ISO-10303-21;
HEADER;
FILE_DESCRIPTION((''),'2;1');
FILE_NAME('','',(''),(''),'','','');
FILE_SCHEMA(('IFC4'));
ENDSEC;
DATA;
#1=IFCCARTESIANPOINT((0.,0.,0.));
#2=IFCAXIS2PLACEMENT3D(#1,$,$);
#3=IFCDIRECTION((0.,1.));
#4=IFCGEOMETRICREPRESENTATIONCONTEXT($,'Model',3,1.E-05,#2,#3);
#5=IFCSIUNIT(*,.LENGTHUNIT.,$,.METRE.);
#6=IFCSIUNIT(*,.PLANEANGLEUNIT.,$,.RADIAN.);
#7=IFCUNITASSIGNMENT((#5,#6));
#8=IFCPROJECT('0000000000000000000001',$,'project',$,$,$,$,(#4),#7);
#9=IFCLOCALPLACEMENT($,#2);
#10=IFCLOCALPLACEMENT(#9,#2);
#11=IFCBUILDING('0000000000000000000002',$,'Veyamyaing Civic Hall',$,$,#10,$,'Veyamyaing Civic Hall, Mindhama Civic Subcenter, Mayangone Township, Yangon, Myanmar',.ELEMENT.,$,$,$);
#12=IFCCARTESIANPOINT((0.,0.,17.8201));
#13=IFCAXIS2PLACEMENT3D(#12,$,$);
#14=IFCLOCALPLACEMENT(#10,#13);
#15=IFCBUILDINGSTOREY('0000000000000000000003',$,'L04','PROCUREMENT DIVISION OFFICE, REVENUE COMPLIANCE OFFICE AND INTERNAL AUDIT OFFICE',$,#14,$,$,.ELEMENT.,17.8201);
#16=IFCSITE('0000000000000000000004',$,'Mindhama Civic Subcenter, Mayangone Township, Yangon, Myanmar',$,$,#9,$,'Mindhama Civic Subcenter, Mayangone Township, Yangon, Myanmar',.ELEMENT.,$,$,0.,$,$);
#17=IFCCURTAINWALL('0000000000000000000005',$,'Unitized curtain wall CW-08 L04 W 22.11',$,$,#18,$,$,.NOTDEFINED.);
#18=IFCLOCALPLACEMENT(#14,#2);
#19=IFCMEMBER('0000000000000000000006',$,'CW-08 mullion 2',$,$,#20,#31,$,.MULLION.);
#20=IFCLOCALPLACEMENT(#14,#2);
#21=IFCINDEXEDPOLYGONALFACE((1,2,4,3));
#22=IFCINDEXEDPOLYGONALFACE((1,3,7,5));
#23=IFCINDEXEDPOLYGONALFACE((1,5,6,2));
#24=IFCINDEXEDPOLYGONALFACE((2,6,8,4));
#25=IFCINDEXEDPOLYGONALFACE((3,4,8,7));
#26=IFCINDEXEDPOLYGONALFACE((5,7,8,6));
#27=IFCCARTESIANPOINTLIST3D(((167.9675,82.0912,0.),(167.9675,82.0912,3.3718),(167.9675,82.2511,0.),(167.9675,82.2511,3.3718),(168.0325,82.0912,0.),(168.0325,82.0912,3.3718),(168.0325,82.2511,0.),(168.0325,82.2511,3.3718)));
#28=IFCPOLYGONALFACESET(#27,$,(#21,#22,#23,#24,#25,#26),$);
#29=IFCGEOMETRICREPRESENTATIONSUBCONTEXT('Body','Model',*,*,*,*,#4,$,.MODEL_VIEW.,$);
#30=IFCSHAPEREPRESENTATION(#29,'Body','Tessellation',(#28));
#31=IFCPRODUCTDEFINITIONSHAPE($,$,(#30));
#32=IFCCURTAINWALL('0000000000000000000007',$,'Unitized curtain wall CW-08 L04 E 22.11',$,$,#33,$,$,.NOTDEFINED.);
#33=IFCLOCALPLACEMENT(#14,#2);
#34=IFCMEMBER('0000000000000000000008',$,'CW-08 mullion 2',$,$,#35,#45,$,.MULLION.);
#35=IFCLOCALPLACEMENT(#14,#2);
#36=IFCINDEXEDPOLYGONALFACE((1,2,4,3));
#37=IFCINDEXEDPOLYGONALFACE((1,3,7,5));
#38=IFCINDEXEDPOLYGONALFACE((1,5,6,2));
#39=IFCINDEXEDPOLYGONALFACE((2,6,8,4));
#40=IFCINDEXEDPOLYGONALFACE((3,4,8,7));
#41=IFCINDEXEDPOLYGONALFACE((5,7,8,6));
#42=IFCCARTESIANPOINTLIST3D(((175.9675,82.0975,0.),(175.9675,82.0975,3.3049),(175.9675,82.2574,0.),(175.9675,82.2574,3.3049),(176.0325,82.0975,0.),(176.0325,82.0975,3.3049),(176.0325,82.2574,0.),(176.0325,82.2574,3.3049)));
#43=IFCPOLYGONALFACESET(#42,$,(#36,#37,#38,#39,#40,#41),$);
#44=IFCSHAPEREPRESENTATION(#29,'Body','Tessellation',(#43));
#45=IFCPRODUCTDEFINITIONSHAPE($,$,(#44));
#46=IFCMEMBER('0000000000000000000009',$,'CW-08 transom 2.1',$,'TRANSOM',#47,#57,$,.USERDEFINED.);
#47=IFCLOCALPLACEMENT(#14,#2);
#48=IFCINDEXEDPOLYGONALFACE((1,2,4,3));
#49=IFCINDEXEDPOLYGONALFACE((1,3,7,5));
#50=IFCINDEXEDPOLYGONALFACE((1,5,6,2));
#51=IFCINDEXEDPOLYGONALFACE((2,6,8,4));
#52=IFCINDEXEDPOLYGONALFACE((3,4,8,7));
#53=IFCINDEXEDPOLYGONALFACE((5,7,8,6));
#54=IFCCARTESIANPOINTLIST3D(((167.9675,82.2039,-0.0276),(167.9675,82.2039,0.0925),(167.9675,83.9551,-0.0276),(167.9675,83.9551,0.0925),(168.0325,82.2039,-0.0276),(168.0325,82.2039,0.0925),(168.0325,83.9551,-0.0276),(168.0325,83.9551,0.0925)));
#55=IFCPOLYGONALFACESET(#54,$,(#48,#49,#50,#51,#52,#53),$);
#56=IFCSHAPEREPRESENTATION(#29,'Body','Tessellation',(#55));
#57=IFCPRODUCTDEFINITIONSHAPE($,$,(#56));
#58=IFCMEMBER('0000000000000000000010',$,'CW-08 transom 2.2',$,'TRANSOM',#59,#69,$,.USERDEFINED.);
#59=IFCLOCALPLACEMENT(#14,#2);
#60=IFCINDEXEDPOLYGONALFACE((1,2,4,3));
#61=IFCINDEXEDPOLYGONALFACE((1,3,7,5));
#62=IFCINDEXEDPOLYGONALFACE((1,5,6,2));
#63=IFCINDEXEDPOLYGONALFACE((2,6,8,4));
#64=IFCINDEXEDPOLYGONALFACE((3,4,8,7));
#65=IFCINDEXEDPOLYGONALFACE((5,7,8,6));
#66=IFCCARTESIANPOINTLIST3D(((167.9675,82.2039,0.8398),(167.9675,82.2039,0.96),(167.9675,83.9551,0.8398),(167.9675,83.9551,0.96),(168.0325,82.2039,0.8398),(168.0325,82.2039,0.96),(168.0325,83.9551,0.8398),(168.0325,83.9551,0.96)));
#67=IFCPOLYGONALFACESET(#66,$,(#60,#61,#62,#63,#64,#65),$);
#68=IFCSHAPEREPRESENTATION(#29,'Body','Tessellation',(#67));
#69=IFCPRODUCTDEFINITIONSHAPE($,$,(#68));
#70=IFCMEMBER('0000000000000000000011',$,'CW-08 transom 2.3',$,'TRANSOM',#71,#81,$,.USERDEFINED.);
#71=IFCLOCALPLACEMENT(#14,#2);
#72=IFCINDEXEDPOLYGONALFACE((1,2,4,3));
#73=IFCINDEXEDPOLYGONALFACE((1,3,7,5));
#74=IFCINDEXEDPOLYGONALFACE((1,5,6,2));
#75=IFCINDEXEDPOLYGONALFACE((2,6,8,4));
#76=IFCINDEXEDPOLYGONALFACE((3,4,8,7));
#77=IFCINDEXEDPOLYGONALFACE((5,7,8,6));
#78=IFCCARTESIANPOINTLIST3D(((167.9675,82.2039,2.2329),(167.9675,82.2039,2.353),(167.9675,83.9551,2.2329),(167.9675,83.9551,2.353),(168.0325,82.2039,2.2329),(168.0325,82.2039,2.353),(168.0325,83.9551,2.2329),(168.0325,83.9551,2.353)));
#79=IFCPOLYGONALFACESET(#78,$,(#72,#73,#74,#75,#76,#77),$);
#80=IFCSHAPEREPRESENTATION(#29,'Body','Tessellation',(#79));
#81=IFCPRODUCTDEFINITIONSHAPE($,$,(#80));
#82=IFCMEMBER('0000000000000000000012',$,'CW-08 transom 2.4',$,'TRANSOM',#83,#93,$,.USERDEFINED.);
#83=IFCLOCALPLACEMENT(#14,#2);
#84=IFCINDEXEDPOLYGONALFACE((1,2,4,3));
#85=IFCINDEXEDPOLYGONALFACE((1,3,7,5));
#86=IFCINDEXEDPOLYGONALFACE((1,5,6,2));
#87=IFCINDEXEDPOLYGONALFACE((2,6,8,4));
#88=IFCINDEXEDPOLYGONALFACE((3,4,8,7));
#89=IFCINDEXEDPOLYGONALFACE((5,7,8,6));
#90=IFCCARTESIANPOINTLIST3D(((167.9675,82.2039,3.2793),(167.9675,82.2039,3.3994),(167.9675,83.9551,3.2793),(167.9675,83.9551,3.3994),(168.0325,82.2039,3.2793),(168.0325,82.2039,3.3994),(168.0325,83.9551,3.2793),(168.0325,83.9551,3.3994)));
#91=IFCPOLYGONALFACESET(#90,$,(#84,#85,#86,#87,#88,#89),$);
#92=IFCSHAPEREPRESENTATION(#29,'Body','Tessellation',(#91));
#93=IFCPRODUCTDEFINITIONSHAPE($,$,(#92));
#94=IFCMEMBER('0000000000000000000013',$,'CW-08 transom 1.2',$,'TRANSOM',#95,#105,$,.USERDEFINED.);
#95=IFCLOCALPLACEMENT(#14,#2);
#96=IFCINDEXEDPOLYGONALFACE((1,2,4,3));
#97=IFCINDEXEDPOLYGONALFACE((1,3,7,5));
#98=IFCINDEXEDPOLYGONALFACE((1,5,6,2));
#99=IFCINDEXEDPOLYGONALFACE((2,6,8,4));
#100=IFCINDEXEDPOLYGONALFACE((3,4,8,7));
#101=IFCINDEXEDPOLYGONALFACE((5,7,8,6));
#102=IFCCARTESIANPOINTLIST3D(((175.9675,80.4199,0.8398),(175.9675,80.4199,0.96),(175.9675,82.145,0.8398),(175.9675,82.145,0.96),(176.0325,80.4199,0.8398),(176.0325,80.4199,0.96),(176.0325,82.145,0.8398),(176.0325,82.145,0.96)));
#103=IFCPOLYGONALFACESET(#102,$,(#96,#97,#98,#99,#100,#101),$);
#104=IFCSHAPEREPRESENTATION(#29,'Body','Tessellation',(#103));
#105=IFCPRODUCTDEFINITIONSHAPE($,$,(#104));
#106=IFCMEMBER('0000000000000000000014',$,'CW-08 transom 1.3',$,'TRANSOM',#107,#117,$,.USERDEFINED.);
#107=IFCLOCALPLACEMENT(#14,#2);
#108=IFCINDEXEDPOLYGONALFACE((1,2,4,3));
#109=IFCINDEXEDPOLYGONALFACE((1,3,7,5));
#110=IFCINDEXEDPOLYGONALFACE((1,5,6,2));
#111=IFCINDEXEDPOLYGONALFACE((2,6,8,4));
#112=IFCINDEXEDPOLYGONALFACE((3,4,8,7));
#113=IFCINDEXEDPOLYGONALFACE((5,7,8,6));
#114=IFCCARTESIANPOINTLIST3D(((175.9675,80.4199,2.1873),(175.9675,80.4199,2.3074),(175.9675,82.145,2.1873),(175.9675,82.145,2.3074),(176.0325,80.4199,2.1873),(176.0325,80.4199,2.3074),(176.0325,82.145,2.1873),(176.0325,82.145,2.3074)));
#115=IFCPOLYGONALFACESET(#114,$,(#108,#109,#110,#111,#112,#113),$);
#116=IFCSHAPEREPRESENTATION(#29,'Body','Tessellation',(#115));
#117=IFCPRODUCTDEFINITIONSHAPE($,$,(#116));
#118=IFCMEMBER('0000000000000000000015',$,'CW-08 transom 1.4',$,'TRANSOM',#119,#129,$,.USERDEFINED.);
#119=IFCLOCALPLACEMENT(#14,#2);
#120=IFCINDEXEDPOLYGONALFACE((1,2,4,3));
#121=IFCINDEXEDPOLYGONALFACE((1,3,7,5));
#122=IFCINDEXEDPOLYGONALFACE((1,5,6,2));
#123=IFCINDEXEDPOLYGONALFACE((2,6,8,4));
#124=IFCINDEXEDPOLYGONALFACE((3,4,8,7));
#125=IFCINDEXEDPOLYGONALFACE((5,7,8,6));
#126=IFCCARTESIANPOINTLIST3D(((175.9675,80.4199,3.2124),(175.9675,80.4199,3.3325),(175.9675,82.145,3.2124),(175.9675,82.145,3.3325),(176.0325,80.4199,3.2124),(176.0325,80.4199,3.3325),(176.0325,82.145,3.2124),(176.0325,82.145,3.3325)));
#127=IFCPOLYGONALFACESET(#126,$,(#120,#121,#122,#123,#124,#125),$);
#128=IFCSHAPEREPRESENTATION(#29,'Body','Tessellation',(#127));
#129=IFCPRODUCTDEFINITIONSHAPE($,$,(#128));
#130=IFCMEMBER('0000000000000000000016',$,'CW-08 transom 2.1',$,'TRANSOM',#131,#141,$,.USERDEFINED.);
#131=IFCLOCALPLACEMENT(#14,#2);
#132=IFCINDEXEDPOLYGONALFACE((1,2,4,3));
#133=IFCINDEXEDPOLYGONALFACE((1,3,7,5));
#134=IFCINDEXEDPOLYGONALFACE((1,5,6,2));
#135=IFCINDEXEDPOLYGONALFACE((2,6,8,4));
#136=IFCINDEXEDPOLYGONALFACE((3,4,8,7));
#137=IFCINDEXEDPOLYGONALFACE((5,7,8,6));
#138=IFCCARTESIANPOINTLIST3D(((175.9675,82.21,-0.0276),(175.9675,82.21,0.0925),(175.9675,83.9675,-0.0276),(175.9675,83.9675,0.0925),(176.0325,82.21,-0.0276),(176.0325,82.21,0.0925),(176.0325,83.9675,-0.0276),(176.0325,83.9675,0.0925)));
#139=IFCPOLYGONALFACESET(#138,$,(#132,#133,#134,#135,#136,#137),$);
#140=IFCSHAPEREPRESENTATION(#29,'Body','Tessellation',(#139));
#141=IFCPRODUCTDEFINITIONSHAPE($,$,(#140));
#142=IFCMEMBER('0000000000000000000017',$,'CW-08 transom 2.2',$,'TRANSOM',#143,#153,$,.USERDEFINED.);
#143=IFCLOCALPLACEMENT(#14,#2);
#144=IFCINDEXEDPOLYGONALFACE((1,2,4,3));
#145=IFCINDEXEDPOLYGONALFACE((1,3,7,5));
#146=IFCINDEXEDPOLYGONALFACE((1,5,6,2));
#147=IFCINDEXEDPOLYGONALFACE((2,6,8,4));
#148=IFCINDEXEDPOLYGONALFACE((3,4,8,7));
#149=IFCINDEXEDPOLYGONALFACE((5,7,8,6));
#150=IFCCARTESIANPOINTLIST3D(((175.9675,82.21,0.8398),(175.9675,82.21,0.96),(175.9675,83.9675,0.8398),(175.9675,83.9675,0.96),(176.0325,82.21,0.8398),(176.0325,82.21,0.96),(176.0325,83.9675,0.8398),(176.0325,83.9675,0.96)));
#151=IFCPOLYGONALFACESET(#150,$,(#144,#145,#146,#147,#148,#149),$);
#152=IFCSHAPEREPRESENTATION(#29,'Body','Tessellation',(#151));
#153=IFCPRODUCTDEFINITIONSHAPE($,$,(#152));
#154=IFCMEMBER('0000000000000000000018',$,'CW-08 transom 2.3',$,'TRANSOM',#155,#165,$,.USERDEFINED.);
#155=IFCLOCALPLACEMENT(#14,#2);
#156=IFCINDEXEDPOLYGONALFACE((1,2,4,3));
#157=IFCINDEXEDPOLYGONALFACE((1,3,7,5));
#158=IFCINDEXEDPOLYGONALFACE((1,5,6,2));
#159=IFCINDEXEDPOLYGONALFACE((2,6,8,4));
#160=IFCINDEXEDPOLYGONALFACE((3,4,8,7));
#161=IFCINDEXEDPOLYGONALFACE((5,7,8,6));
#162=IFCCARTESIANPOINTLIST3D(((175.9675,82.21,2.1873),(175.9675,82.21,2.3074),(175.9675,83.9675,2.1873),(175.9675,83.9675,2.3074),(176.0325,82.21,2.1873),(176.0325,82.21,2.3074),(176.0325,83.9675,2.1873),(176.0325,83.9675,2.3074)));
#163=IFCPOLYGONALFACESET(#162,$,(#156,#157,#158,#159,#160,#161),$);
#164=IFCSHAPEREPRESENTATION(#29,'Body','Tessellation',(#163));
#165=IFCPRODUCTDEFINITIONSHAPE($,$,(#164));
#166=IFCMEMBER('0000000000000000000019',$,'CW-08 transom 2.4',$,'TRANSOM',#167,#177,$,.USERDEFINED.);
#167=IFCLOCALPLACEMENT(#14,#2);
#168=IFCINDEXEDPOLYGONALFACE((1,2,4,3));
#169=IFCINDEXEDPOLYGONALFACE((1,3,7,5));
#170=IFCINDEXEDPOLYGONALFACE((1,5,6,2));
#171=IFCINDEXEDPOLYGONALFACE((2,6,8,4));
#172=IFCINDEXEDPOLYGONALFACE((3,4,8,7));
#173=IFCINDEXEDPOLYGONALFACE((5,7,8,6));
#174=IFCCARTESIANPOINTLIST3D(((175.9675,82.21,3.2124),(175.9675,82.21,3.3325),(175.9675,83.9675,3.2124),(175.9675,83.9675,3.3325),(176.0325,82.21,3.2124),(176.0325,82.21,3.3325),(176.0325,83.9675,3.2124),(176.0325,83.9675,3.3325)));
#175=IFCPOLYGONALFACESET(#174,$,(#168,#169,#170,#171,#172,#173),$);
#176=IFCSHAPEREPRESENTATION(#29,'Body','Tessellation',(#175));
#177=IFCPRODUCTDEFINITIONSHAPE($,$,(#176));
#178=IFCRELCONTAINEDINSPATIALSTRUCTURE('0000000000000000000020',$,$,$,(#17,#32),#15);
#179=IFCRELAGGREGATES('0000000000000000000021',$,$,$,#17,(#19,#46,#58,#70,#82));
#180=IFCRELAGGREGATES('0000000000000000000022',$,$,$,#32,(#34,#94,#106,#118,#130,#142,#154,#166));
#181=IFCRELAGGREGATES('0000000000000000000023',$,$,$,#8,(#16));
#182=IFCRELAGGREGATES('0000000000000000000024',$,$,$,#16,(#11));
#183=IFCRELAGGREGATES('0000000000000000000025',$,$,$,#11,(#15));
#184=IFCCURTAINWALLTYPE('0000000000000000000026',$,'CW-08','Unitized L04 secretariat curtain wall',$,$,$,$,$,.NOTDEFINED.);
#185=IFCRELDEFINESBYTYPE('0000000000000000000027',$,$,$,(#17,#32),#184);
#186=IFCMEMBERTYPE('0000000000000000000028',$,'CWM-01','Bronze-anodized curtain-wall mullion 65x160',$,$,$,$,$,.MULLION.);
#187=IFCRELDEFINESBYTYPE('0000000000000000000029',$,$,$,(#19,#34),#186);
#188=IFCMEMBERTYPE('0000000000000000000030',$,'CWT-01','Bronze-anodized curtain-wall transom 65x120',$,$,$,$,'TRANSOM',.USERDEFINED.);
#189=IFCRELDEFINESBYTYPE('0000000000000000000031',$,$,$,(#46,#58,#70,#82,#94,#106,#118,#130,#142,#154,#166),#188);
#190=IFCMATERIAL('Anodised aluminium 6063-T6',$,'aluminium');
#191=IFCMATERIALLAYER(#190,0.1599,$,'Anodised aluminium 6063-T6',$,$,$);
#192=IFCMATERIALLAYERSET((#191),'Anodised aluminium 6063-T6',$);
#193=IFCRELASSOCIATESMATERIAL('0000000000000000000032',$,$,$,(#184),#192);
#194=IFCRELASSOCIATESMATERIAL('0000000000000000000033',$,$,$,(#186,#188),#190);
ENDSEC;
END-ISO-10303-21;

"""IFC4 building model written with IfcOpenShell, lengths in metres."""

from ifc_helpers import new_model, si_unit, direction, frame, origin, origin_2d, place, context, subcontext, project, spatial, rectangle, extrude, material, layer, layer_set, material_profile, profile_set, type_object, element, aggregate, save


model = new_model("IFC4")

# Units and contexts
model_context = context("Model", 3, precision=1e-05, world=origin(), true_north=direction((0.0, 1.0)))
body_context = subcontext(model_context, "Body", "Model", "MODEL_VIEW")
ifc_project = project(units=[si_unit("LENGTHUNIT", "METRE"), si_unit("PLANEANGLEUNIT", "RADIAN")], contexts=[model_context])

# Site, building, storey
site_placement = place(None, origin())
site = spatial("IfcSite", under=ifc_project, at=site_placement, Name="Mindhama Civic Subcenter, Mayangone Township, Yangon, Myanmar", LongName="Mindhama Civic Subcenter, Mayangone Township, Yangon, Myanmar", CompositionType="ELEMENT", RefElevation=0.0)
building_placement = place(site_placement, origin())
building = spatial("IfcBuilding", under=site, at=building_placement, Name="Veyamyaing Civic Hall", LongName="Veyamyaing Civic Hall, Mindhama Civic Subcenter, Mayangone Township, Yangon, Myanmar", CompositionType="ELEMENT")
storey_placement = place(building_placement, frame((0.0, 0.0, 17.8201)))
storey = spatial("IfcBuildingStorey", under=building, at=storey_placement, Name="L04", Description="PROCUREMENT DIVISION OFFICE, REVENUE COMPLIANCE OFFICE AND INTERNAL AUDIT OFFICE", CompositionType="ELEMENT", Elevation=17.8201)

# Curtain walls, members
ifc_material_1 = material(Name="Anodised aluminium 6063-T6", Category="aluminium")
ifc_layer_1 = layer(ifc_material_1, 0.1599, Name="Anodised aluminium 6063-T6")
ifc_layer_set_1 = layer_set([ifc_layer_1], Name="Anodised aluminium 6063-T6")
curtain_wall_type = type_object("IfcCurtainWallType", Name="CW-08", Description="Unitized L04 secretariat curtain wall", PredefinedType="NOTDEFINED", material=ifc_layer_set_1)
curtain_wall_1_placement = place(storey_placement, origin())
curtain_wall_1 = element("IfcCurtainWall", 1, at=curtain_wall_1_placement, inside=storey, type_object=curtain_wall_type, Name="Unitized curtain wall CW-08 L04 W 22.11", PredefinedType="NOTDEFINED")
ifc_material_profile_1 = material_profile(ifc_material_1, rectangle(XDim=0.0649, YDim=0.1599, at=origin_2d()), Name="ALU-MUL-65X160")
ifc_profile_set_1 = profile_set([ifc_material_profile_1], Name="Anodised aluminium 6063-T6")
member_type_1 = type_object("IfcMemberType", Name="CWM-01", Description="Bronze-anodized curtain-wall mullion 65x160", PredefinedType="MULLION", material=ifc_profile_set_1)
member_1_placement = place(storey_placement, frame((168.0, 82.1711, 0.0), z_axis=(0.0, 0.0, 1.0), x_axis=(-1.0, 0.0, 0.0)))
member_1 = element("IfcMember", 2, at=member_1_placement, type_object=member_type_1, Name="CW-08 mullion 2", PredefinedType="MULLION", context=body_context, shape_type="SweptSolid", body=[
    extrude(rectangle(XDim=0.0649, YDim=0.1599, at=origin_2d()), origin(), (0.0, 0.0, 1.0), 3.3718),
])
curtain_wall_2_placement = place(storey_placement, origin())
curtain_wall_2 = element("IfcCurtainWall", 3, at=curtain_wall_2_placement, inside=storey, type_object=curtain_wall_type, Name="Unitized curtain wall CW-08 L04 E 22.11", PredefinedType="NOTDEFINED")
member_2_placement = place(storey_placement, frame((176.0, 82.1775, 0.0), z_axis=(0.0, 0.0, 1.0), x_axis=(-1.0, 0.0, 0.0)))
member_2 = element("IfcMember", 4, at=member_2_placement, type_object=member_type_1, Name="CW-08 mullion 2", PredefinedType="MULLION", context=body_context, shape_type="SweptSolid", body=[
    extrude(rectangle(XDim=0.0649, YDim=0.1599, at=origin_2d()), origin(), (0.0, 0.0, 1.0), 3.3049),
])

# Members
ifc_material_profile_2 = material_profile(ifc_material_1, rectangle(XDim=0.0649, YDim=0.1201, at=origin_2d()), Name="ALU-TRN-65X120")
ifc_profile_set_2 = profile_set([ifc_material_profile_2], Name="Anodised aluminium 6063-T6")
member_type_2 = type_object("IfcMemberType", Name="CWT-01", Description="Bronze-anodized curtain-wall transom 65x120", ElementType="TRANSOM", PredefinedType="USERDEFINED", material=ifc_profile_set_2)
member_3_placement = place(storey_placement, frame((168.0, 82.2039, 0.0325), z_axis=(0.0, 1.0, 0.0), x_axis=(-1.0, 0.0, 0.0)))
member_3 = element("IfcMember", 5, at=member_3_placement, type_object=member_type_2, Name="CW-08 transom 2.1", ObjectType="TRANSOM", PredefinedType="USERDEFINED", context=body_context, shape_type="SweptSolid", body=[
    extrude(rectangle(XDim=0.0649, YDim=0.1201, at=origin_2d()), origin(), (0.0, 0.0, 1.0), 1.7512),
])
member_4_placement = place(storey_placement, frame((168.0, 82.2039, 0.8999), z_axis=(0.0, 1.0, 0.0), x_axis=(-1.0, 0.0, 0.0)))
member_4 = element("IfcMember", 6, at=member_4_placement, type_object=member_type_2, Name="CW-08 transom 2.2", ObjectType="TRANSOM", PredefinedType="USERDEFINED", context=body_context, shape_type="SweptSolid", body=[
    extrude(rectangle(XDim=0.0649, YDim=0.1201, at=origin_2d()), origin(), (0.0, 0.0, 1.0), 1.7512),
])
member_5_placement = place(storey_placement, frame((168.0, 82.2039, 2.293), z_axis=(0.0, 1.0, 0.0), x_axis=(-1.0, 0.0, 0.0)))
member_5 = element("IfcMember", 7, at=member_5_placement, type_object=member_type_2, Name="CW-08 transom 2.3", ObjectType="TRANSOM", PredefinedType="USERDEFINED", context=body_context, shape_type="SweptSolid", body=[
    extrude(rectangle(XDim=0.0649, YDim=0.1201, at=origin_2d()), origin(), (0.0, 0.0, 1.0), 1.7512),
])
member_6_placement = place(storey_placement, frame((168.0, 82.2039, 3.3394), z_axis=(0.0, 1.0, 0.0), x_axis=(-1.0, 0.0, 0.0)))
member_6 = element("IfcMember", 8, at=member_6_placement, type_object=member_type_2, Name="CW-08 transom 2.4", ObjectType="TRANSOM", PredefinedType="USERDEFINED", context=body_context, shape_type="SweptSolid", body=[
    extrude(rectangle(XDim=0.0649, YDim=0.1201, at=origin_2d()), origin(), (0.0, 0.0, 1.0), 1.7512),
])
member_7_placement = place(storey_placement, frame((176.0, 80.4199, 0.8999), z_axis=(0.0, 1.0, 0.0), x_axis=(-1.0, 0.0, 0.0)))
member_7 = element("IfcMember", 9, at=member_7_placement, type_object=member_type_2, Name="CW-08 transom 1.2", ObjectType="TRANSOM", PredefinedType="USERDEFINED", context=body_context, shape_type="SweptSolid", body=[
    extrude(rectangle(XDim=0.0649, YDim=0.1201, at=origin_2d()), origin(), (0.0, 0.0, 1.0), 1.7251),
])
member_8_placement = place(storey_placement, frame((176.0, 80.4199, 2.2473), z_axis=(0.0, 1.0, 0.0), x_axis=(-1.0, 0.0, 0.0)))
member_8 = element("IfcMember", 10, at=member_8_placement, type_object=member_type_2, Name="CW-08 transom 1.3", ObjectType="TRANSOM", PredefinedType="USERDEFINED", context=body_context, shape_type="SweptSolid", body=[
    extrude(rectangle(XDim=0.0649, YDim=0.1201, at=origin_2d()), origin(), (0.0, 0.0, 1.0), 1.7251),
])
member_9_placement = place(storey_placement, frame((176.0, 80.4199, 3.2725), z_axis=(0.0, 1.0, 0.0), x_axis=(-1.0, 0.0, 0.0)))
member_9 = element("IfcMember", 11, at=member_9_placement, type_object=member_type_2, Name="CW-08 transom 1.4", ObjectType="TRANSOM", PredefinedType="USERDEFINED", context=body_context, shape_type="SweptSolid", body=[
    extrude(rectangle(XDim=0.0649, YDim=0.1201, at=origin_2d()), origin(), (0.0, 0.0, 1.0), 1.7251),
])
member_10_placement = place(storey_placement, frame((176.0, 82.21, 0.0325), z_axis=(0.0, 1.0, 0.0), x_axis=(-1.0, 0.0, 0.0)))
member_10 = element("IfcMember", 12, at=member_10_placement, type_object=member_type_2, Name="CW-08 transom 2.1", ObjectType="TRANSOM", PredefinedType="USERDEFINED", context=body_context, shape_type="SweptSolid", body=[
    extrude(rectangle(XDim=0.0649, YDim=0.1201, at=origin_2d()), origin(), (0.0, 0.0, 1.0), 1.7576),
])
member_11_placement = place(storey_placement, frame((176.0, 82.21, 0.8999), z_axis=(0.0, 1.0, 0.0), x_axis=(-1.0, 0.0, 0.0)))
member_11 = element("IfcMember", 13, at=member_11_placement, type_object=member_type_2, Name="CW-08 transom 2.2", ObjectType="TRANSOM", PredefinedType="USERDEFINED", context=body_context, shape_type="SweptSolid", body=[
    extrude(rectangle(XDim=0.0649, YDim=0.1201, at=origin_2d()), origin(), (0.0, 0.0, 1.0), 1.7576),
])
member_12_placement = place(storey_placement, frame((176.0, 82.21, 2.2473), z_axis=(0.0, 1.0, 0.0), x_axis=(-1.0, 0.0, 0.0)))
member_12 = element("IfcMember", 14, at=member_12_placement, type_object=member_type_2, Name="CW-08 transom 2.3", ObjectType="TRANSOM", PredefinedType="USERDEFINED", context=body_context, shape_type="SweptSolid", body=[
    extrude(rectangle(XDim=0.0649, YDim=0.1201, at=origin_2d()), origin(), (0.0, 0.0, 1.0), 1.7576),
])
member_13_placement = place(storey_placement, frame((176.0, 82.21, 3.2725), z_axis=(0.0, 1.0, 0.0), x_axis=(-1.0, 0.0, 0.0)))
member_13 = element("IfcMember", 15, at=member_13_placement, type_object=member_type_2, Name="CW-08 transom 2.4", ObjectType="TRANSOM", PredefinedType="USERDEFINED", context=body_context, shape_type="SweptSolid", body=[
    extrude(rectangle(XDim=0.0649, YDim=0.1201, at=origin_2d()), origin(), (0.0, 0.0, 1.0), 1.7576),
])

aggregate(curtain_wall_1, [member_1, member_3, member_4, member_5, member_6])
aggregate(curtain_wall_2, [member_2, member_7, member_8, member_9, member_10, member_11, member_12, member_13])

save(model, "model.ifc")
